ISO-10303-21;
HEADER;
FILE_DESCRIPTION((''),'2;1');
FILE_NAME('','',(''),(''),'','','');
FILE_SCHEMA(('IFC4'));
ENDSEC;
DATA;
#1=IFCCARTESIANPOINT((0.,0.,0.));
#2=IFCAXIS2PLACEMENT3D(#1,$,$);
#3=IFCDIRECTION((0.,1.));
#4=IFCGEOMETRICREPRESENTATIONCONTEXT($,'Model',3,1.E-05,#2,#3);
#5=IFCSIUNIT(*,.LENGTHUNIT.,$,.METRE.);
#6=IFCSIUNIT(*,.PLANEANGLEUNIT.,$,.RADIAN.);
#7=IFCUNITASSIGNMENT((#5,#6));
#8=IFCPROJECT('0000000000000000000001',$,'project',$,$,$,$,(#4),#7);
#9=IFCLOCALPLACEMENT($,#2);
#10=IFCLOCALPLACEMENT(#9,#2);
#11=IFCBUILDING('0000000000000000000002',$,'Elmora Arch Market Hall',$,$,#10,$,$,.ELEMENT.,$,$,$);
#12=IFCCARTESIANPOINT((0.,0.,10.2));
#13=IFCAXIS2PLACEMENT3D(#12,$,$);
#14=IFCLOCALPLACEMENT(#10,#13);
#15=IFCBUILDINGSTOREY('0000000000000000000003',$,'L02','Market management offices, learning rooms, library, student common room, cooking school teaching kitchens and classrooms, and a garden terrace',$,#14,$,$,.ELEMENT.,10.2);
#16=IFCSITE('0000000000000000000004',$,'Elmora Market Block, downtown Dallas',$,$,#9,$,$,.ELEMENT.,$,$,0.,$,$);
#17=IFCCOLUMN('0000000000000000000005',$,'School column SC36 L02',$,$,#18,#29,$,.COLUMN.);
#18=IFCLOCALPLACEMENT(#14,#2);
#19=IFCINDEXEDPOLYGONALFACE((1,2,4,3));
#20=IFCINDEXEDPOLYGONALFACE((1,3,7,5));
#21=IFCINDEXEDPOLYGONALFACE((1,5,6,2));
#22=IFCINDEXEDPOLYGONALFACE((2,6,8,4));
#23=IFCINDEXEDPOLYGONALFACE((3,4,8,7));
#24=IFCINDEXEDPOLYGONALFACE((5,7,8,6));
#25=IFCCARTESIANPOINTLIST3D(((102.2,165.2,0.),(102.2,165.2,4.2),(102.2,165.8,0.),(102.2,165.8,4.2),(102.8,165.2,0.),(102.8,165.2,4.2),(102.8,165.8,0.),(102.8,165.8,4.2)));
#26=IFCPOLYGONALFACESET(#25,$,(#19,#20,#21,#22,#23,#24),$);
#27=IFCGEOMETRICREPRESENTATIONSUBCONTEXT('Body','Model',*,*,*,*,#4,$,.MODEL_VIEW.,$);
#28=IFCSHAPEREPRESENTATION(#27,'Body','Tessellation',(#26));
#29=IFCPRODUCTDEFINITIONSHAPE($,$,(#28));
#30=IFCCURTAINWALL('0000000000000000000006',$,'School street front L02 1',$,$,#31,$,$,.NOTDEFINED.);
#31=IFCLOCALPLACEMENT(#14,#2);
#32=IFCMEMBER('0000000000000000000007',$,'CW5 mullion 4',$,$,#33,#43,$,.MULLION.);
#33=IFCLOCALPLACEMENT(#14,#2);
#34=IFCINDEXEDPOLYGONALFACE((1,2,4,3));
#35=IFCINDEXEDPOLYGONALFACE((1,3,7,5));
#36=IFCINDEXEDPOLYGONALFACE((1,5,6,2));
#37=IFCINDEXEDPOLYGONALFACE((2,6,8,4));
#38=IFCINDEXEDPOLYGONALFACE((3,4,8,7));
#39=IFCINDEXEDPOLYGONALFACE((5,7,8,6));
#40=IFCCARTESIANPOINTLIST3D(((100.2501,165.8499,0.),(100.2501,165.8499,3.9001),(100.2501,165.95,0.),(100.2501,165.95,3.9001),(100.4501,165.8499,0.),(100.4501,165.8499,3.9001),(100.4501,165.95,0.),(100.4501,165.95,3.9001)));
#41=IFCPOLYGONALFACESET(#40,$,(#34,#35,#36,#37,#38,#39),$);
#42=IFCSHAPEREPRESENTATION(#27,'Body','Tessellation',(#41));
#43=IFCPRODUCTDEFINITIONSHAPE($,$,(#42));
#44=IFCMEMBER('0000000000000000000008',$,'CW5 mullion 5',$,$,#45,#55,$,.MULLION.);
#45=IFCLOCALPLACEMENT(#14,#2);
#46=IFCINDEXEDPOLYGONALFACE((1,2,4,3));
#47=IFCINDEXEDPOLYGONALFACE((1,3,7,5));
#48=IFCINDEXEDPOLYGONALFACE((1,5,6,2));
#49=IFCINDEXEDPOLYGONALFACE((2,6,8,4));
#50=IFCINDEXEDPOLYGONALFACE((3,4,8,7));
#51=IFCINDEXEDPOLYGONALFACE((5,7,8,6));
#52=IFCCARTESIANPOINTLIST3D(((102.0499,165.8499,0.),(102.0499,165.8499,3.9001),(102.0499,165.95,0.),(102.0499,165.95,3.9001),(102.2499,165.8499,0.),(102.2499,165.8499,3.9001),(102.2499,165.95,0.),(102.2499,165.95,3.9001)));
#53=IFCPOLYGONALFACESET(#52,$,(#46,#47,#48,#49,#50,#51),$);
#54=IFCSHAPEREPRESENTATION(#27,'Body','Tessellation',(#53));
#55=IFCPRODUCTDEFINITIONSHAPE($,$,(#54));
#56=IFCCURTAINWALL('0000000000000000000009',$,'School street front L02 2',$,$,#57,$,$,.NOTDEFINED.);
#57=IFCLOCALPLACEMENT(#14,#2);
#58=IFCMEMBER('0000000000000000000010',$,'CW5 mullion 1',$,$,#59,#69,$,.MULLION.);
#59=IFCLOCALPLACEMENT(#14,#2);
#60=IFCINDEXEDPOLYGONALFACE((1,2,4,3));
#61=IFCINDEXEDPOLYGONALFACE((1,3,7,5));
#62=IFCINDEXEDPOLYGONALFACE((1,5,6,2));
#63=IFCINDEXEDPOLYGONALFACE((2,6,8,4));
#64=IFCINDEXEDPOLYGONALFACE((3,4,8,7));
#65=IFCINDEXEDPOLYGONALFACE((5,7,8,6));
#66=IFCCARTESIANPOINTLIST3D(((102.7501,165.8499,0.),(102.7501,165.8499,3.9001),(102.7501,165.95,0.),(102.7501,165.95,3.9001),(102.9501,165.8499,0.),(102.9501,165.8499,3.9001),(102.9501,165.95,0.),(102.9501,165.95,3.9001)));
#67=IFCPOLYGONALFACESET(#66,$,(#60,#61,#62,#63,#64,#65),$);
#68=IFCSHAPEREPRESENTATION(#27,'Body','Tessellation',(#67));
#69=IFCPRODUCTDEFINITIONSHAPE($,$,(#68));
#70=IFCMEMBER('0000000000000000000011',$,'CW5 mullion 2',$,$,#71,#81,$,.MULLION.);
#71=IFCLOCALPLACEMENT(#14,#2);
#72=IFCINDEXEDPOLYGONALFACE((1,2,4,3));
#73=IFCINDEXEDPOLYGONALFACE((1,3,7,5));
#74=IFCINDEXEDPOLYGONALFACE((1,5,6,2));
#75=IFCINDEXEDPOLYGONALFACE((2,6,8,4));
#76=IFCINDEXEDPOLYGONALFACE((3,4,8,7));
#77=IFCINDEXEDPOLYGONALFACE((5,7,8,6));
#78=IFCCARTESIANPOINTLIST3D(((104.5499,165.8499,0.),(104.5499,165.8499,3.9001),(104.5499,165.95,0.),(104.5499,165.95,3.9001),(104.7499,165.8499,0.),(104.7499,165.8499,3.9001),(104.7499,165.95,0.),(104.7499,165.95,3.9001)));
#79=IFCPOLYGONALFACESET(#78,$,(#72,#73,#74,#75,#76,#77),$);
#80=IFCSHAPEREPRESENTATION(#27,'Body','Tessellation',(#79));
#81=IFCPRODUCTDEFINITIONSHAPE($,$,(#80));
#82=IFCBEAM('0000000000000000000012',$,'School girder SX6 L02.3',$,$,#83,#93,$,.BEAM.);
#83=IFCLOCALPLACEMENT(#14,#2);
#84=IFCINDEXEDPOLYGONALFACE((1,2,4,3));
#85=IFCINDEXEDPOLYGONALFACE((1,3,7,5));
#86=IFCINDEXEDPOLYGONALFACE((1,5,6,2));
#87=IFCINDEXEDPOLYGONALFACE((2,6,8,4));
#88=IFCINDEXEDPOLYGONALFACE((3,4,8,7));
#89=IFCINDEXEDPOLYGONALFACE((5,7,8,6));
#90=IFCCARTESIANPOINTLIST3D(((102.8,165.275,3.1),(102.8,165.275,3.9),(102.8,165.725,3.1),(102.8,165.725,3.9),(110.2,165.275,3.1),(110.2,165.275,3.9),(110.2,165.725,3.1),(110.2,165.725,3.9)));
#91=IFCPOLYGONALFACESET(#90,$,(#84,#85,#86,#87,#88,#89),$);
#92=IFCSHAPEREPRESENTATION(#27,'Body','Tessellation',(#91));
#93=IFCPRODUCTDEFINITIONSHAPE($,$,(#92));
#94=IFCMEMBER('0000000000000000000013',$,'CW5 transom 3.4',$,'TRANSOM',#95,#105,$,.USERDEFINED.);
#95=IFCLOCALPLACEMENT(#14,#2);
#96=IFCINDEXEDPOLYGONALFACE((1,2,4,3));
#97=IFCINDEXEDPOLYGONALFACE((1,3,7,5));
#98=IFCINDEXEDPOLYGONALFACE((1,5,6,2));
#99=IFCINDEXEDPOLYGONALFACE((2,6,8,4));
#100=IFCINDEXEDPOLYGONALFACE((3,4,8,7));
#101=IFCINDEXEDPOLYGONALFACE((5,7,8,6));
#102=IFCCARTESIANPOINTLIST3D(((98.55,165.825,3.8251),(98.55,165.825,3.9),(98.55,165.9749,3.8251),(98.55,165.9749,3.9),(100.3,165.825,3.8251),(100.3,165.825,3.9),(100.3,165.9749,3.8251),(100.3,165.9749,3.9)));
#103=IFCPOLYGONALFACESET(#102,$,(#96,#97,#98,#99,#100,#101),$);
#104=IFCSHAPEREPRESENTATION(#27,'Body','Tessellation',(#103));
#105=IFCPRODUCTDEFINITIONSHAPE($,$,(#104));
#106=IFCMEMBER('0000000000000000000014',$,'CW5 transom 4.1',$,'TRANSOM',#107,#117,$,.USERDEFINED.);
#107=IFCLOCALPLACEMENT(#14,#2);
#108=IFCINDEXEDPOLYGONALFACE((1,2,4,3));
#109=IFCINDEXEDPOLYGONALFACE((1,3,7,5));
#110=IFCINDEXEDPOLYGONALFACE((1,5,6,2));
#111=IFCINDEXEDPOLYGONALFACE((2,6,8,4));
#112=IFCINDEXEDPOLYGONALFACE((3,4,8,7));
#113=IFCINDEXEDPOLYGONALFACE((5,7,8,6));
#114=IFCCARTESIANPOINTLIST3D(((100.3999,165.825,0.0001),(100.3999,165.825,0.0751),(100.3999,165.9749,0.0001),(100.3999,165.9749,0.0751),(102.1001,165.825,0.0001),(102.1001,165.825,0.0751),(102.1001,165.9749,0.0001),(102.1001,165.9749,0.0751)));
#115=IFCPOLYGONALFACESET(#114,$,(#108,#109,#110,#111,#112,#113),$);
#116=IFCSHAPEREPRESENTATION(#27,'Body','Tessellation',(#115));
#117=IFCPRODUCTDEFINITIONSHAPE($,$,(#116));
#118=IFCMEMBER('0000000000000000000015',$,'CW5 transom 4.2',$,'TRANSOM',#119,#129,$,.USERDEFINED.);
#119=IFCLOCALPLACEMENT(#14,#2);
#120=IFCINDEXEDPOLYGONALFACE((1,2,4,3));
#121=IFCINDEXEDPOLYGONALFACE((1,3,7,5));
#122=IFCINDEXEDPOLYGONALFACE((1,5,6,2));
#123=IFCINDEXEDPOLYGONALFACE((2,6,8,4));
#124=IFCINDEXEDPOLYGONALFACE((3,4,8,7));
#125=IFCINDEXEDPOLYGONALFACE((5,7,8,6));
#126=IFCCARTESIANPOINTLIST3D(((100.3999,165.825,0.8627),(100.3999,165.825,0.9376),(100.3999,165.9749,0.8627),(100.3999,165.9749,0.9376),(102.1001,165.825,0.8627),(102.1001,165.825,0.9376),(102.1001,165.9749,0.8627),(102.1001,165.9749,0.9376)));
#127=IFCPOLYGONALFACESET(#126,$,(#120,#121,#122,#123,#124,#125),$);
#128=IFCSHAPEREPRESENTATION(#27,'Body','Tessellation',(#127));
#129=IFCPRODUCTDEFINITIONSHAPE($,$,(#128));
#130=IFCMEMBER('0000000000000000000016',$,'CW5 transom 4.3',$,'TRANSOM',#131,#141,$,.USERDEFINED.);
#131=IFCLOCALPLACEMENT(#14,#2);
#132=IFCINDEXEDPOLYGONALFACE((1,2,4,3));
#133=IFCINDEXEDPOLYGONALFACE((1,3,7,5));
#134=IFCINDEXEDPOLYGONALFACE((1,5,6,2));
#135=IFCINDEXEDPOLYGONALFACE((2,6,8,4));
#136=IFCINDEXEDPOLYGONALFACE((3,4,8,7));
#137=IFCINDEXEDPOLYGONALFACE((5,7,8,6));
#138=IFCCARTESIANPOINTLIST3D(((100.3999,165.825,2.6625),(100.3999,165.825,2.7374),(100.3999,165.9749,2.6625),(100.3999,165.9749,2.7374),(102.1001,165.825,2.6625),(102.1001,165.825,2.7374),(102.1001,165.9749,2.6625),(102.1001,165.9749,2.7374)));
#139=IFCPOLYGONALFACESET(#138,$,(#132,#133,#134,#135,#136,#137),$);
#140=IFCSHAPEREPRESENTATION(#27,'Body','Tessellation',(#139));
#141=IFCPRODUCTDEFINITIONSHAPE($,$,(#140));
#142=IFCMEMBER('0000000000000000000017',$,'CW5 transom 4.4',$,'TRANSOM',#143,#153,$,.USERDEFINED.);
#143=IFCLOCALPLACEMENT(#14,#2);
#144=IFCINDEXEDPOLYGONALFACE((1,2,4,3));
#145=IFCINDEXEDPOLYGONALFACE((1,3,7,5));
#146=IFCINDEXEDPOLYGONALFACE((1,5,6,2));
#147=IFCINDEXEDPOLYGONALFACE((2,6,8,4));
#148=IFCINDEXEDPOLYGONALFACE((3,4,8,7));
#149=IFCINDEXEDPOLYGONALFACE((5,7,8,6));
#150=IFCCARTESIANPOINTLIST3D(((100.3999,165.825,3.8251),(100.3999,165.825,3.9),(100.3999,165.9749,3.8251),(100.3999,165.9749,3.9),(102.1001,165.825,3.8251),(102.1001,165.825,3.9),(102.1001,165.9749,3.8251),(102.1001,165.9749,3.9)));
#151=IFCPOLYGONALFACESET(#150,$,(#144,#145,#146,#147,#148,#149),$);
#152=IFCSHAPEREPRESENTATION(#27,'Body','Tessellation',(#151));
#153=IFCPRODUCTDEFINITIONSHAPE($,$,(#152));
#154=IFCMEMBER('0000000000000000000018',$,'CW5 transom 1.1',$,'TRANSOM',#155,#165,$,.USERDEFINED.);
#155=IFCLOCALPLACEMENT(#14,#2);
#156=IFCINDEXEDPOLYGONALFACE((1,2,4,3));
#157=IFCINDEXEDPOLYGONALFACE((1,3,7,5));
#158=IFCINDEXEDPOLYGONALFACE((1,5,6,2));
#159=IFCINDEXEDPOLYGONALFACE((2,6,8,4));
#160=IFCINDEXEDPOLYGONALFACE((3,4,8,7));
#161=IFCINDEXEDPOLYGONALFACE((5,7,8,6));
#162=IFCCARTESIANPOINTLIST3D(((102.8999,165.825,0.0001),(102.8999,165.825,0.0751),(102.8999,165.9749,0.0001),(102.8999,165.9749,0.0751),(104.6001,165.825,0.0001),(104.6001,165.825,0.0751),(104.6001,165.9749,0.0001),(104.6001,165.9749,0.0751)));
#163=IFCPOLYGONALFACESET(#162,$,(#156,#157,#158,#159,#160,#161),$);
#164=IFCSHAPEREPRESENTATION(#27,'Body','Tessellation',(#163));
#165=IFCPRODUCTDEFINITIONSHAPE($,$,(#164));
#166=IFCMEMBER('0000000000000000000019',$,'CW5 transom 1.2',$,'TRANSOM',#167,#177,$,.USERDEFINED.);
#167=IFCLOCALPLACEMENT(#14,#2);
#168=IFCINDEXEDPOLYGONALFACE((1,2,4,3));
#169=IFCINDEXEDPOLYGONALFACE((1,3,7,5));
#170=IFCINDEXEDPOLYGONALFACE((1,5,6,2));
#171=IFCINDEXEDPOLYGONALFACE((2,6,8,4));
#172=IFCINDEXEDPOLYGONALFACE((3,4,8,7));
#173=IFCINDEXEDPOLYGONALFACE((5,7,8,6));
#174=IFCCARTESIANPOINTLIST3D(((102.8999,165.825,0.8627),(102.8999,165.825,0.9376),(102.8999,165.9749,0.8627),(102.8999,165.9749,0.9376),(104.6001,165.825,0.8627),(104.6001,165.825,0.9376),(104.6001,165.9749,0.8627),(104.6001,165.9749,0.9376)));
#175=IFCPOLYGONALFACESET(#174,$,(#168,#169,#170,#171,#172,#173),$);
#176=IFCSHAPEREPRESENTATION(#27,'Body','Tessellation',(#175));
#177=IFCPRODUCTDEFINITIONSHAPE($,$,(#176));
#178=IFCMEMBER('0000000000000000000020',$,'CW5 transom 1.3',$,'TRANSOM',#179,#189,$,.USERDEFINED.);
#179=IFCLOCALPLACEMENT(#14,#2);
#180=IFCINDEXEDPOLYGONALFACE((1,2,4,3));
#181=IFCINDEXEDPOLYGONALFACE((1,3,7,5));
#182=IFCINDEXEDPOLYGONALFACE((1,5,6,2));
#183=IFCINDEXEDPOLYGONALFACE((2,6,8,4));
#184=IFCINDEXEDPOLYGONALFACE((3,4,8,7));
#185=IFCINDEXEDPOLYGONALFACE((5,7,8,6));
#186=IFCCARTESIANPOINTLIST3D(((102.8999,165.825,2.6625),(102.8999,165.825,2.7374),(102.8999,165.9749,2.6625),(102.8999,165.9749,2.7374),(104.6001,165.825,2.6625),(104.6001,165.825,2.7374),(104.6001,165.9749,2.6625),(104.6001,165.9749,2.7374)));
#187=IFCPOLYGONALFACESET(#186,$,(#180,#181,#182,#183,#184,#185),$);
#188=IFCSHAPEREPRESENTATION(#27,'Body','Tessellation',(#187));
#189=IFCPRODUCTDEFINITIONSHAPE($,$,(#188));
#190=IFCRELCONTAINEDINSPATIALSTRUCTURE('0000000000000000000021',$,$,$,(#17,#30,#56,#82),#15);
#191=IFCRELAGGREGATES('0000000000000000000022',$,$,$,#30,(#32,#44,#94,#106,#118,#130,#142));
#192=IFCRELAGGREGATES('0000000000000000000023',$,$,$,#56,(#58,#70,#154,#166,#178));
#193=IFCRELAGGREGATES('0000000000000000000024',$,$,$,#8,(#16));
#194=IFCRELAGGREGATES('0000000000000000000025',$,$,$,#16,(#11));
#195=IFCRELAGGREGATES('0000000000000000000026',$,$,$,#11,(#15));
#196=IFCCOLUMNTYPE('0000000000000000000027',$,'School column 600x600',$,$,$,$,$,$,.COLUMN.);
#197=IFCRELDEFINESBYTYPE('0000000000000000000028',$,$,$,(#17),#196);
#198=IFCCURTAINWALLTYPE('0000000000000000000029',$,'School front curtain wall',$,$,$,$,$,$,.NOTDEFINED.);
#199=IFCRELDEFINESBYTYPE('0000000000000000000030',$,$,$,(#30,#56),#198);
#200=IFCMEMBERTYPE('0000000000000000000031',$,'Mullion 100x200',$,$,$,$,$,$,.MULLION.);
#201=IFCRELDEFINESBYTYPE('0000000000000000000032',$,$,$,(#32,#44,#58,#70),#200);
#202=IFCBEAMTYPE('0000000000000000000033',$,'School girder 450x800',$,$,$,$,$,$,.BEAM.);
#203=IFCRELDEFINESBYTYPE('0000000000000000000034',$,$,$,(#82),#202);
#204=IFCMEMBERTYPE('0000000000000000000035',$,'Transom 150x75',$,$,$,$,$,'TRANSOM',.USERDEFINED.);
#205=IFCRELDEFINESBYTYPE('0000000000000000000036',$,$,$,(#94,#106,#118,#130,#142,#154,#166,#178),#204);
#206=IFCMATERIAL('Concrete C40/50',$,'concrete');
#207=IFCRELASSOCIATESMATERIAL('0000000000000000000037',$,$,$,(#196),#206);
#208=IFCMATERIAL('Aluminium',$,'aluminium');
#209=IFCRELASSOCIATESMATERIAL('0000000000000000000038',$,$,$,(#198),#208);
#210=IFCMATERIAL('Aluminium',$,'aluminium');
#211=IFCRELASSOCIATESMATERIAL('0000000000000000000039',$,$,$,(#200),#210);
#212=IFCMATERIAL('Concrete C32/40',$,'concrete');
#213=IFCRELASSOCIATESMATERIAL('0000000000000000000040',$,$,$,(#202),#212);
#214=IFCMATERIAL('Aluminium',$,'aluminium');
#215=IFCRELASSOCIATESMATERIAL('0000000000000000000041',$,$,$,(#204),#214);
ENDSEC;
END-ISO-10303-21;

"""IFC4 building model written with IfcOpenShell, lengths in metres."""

from ifc_helpers import new_model, si_unit, direction, frame, origin, origin_2d, place, context, subcontext, project, spatial, rectangle, extrude, material, material_profile, profile_set, type_object, element, aggregate, save


model = new_model("IFC4")

# Units and contexts
model_context = context("Model", 3, precision=1e-05, world=origin(), true_north=direction((0.0, 1.0)))
body_context = subcontext(model_context, "Body", "Model", "MODEL_VIEW")
ifc_project = project(units=[si_unit("LENGTHUNIT", "METRE"), si_unit("PLANEANGLEUNIT", "RADIAN")], contexts=[model_context])

# Site, building, storey
site_placement = place(None, origin())
site = spatial("IfcSite", under=ifc_project, at=site_placement, Name="Elmora Market Block, downtown Dallas", CompositionType="ELEMENT", RefElevation=0.0)
building_placement = place(site_placement, origin())
building = spatial("IfcBuilding", under=site, at=building_placement, Name="Elmora Arch Market Hall", CompositionType="ELEMENT")
storey_placement = place(building_placement, frame((0.0, 0.0, 10.2)))
storey = spatial("IfcBuildingStorey", under=building, at=storey_placement, Name="L02", Description="Market management offices, learning rooms, library, student common room, cooking school teaching kitchens and classrooms, and a garden terrace", CompositionType="ELEMENT", Elevation=10.2)

# Column
ifc_material_1 = material(Name="Concrete C40/50", Category="concrete")
ifc_material_profile_1 = material_profile(ifc_material_1, rectangle(XDim=0.6001, YDim=0.6001, at=origin_2d()), Name="School column 600x600")
ifc_profile_set_1 = profile_set([ifc_material_profile_1], Name="Concrete C40/50")
column_type = type_object("IfcColumnType", Name="School column 600x600", PredefinedType="COLUMN", material=ifc_profile_set_1)
column_placement = place(storey_placement, frame((102.5, 165.5, 0.0), z_axis=(0.0, 0.0, 1.0), x_axis=(1.0, 0.0, 0.0)))
element("IfcColumn", 1, at=column_placement, inside=storey, type_object=column_type, Name="School column SC36 L02", PredefinedType="COLUMN", context=body_context, shape_type="SweptSolid", body=[
    extrude(rectangle(XDim=0.6001, YDim=0.6001, at=origin_2d()), origin(), (0.0, 0.0, 1.0), 4.2),
])

# Curtain walls, members
ifc_material_2 = material(Name="Aluminium", Category="aluminium")
curtain_wall_type = type_object("IfcCurtainWallType", Name="School front curtain wall", PredefinedType="NOTDEFINED", material=ifc_material_2)
curtain_wall_1_placement = place(storey_placement, origin())
curtain_wall_1 = element("IfcCurtainWall", 2, at=curtain_wall_1_placement, inside=storey, type_object=curtain_wall_type, Name="School street front L02 1", PredefinedType="NOTDEFINED")
ifc_material_3 = material(Name="Aluminium", Category="aluminium")
ifc_material_profile_2 = material_profile(ifc_material_3, rectangle(XDim=0.1001, YDim=0.2, at=origin_2d()), Name="AL 100x200")
ifc_profile_set_2 = profile_set([ifc_material_profile_2], Name="Aluminium")
member_type_1 = type_object("IfcMemberType", Name="Mullion 100x200", PredefinedType="MULLION", material=ifc_profile_set_2)
member_1_placement = place(storey_placement, frame((100.3501, 165.8999, 0.0), z_axis=(0.0, 0.0, 1.0), x_axis=(0.0, 1.0, 0.0)))
member_1 = element("IfcMember", 3, at=member_1_placement, type_object=member_type_1, Name="CW5 mullion 4", PredefinedType="MULLION", context=body_context, shape_type="SweptSolid", body=[
    extrude(rectangle(XDim=0.1001, YDim=0.2, at=origin_2d()), origin(), (0.0, 0.0, 1.0), 3.9001),
])
member_2_placement = place(storey_placement, frame((102.1499, 165.8999, 0.0), z_axis=(0.0, 0.0, 1.0), x_axis=(0.0, 1.0, 0.0)))
member_2 = element("IfcMember", 4, at=member_2_placement, type_object=member_type_1, Name="CW5 mullion 5", PredefinedType="MULLION", context=body_context, shape_type="SweptSolid", body=[
    extrude(rectangle(XDim=0.1001, YDim=0.2, at=origin_2d()), origin(), (0.0, 0.0, 1.0), 3.9001),
])
curtain_wall_2_placement = place(storey_placement, origin())
curtain_wall_2 = element("IfcCurtainWall", 5, at=curtain_wall_2_placement, inside=storey, type_object=curtain_wall_type, Name="School street front L02 2", PredefinedType="NOTDEFINED")
member_3_placement = place(storey_placement, frame((102.8501, 165.8999, 0.0), z_axis=(0.0, 0.0, 1.0), x_axis=(0.0, 1.0, 0.0)))
member_3 = element("IfcMember", 6, at=member_3_placement, type_object=member_type_1, Name="CW5 mullion 1", PredefinedType="MULLION", context=body_context, shape_type="SweptSolid", body=[
    extrude(rectangle(XDim=0.1001, YDim=0.2, at=origin_2d()), origin(), (0.0, 0.0, 1.0), 3.9001),
])
member_4_placement = place(storey_placement, frame((104.6499, 165.8999, 0.0), z_axis=(0.0, 0.0, 1.0), x_axis=(0.0, 1.0, 0.0)))
member_4 = element("IfcMember", 7, at=member_4_placement, type_object=member_type_1, Name="CW5 mullion 2", PredefinedType="MULLION", context=body_context, shape_type="SweptSolid", body=[
    extrude(rectangle(XDim=0.1001, YDim=0.2, at=origin_2d()), origin(), (0.0, 0.0, 1.0), 3.9001),
])

# Beam
ifc_material_4 = material(Name="Concrete C32/40", Category="concrete")
ifc_material_profile_3 = material_profile(ifc_material_4, rectangle(XDim=0.45, YDim=0.8, at=origin_2d()), Name="School girder 450x800")
ifc_profile_set_3 = profile_set([ifc_material_profile_3], Name="Concrete C32/40")
beam_type = type_object("IfcBeamType", Name="School girder 450x800", PredefinedType="BEAM", material=ifc_profile_set_3)
beam_placement = place(storey_placement, frame((102.8, 165.5, 3.5), z_axis=(1.0, 0.0, 0.0), x_axis=(0.0, 1.0, 0.0)))
element("IfcBeam", 8, at=beam_placement, inside=storey, type_object=beam_type, Name="School girder SX6 L02.3", PredefinedType="BEAM", context=body_context, shape_type="SweptSolid", body=[
    extrude(rectangle(XDim=0.45, YDim=0.8, at=origin_2d()), origin(), (0.0, 0.0, 1.0), 7.3999),
])

# Members
ifc_material_5 = material(Name="Aluminium", Category="aluminium")
ifc_material_profile_4 = material_profile(ifc_material_5, rectangle(XDim=0.1499, YDim=0.075, at=origin_2d()), Name="AL 150x75")
ifc_profile_set_4 = profile_set([ifc_material_profile_4], Name="Aluminium")
member_type_2 = type_object("IfcMemberType", Name="Transom 150x75", ElementType="TRANSOM", PredefinedType="USERDEFINED", material=ifc_profile_set_4)
member_5_placement = place(storey_placement, frame((98.55, 165.8999, 3.8625), z_axis=(1.0, 0.0, 0.0), x_axis=(0.0, 1.0, 0.0)))
member_5 = element("IfcMember", 9, at=member_5_placement, type_object=member_type_2, Name="CW5 transom 3.4", ObjectType="TRANSOM", PredefinedType="USERDEFINED", context=body_context, shape_type="SweptSolid", body=[
    extrude(rectangle(XDim=0.1499, YDim=0.075, at=origin_2d()), origin(), (0.0, 0.0, 1.0), 1.75),
])
member_6_placement = place(storey_placement, frame((100.3999, 165.8999, 0.0376), z_axis=(1.0, 0.0, 0.0), x_axis=(0.0, 1.0, 0.0)))
member_6 = element("IfcMember", 10, at=member_6_placement, type_object=member_type_2, Name="CW5 transom 4.1", ObjectType="TRANSOM", PredefinedType="USERDEFINED", context=body_context, shape_type="SweptSolid", body=[
    extrude(rectangle(XDim=0.1499, YDim=0.075, at=origin_2d()), origin(), (0.0, 0.0, 1.0), 1.7002),
])
member_7_placement = place(storey_placement, frame((100.3999, 165.8999, 0.9001), z_axis=(1.0, 0.0, 0.0), x_axis=(0.0, 1.0, 0.0)))
member_7 = element("IfcMember", 11, at=member_7_placement, type_object=member_type_2, Name="CW5 transom 4.2", ObjectType="TRANSOM", PredefinedType="USERDEFINED", context=body_context, shape_type="SweptSolid", body=[
    extrude(rectangle(XDim=0.1499, YDim=0.075, at=origin_2d()), origin(), (0.0, 0.0, 1.0), 1.7002),
])
member_8_placement = place(storey_placement, frame((100.3999, 165.8999, 2.7), z_axis=(1.0, 0.0, 0.0), x_axis=(0.0, 1.0, 0.0)))
member_8 = element("IfcMember", 12, at=member_8_placement, type_object=member_type_2, Name="CW5 transom 4.3", ObjectType="TRANSOM", PredefinedType="USERDEFINED", context=body_context, shape_type="SweptSolid", body=[
    extrude(rectangle(XDim=0.1499, YDim=0.075, at=origin_2d()), origin(), (0.0, 0.0, 1.0), 1.7002),
])
member_9_placement = place(storey_placement, frame((100.3999, 165.8999, 3.8625), z_axis=(1.0, 0.0, 0.0), x_axis=(0.0, 1.0, 0.0)))
member_9 = element("IfcMember", 13, at=member_9_placement, type_object=member_type_2, Name="CW5 transom 4.4", ObjectType="TRANSOM", PredefinedType="USERDEFINED", context=body_context, shape_type="SweptSolid", body=[
    extrude(rectangle(XDim=0.1499, YDim=0.075, at=origin_2d()), origin(), (0.0, 0.0, 1.0), 1.7002),
])
member_10_placement = place(storey_placement, frame((102.8999, 165.8999, 0.0376), z_axis=(1.0, 0.0, 0.0), x_axis=(0.0, 1.0, 0.0)))
member_10 = element("IfcMember", 14, at=member_10_placement, type_object=member_type_2, Name="CW5 transom 1.1", ObjectType="TRANSOM", PredefinedType="USERDEFINED", context=body_context, shape_type="SweptSolid", body=[
    extrude(rectangle(XDim=0.1499, YDim=0.075, at=origin_2d()), origin(), (0.0, 0.0, 1.0), 1.7002),
])
member_11_placement = place(storey_placement, frame((102.8999, 165.8999, 0.9001), z_axis=(1.0, 0.0, 0.0), x_axis=(0.0, 1.0, 0.0)))
member_11 = element("IfcMember", 15, at=member_11_placement, type_object=member_type_2, Name="CW5 transom 1.2", ObjectType="TRANSOM", PredefinedType="USERDEFINED", context=body_context, shape_type="SweptSolid", body=[
    extrude(rectangle(XDim=0.1499, YDim=0.075, at=origin_2d()), origin(), (0.0, 0.0, 1.0), 1.7002),
])
member_12_placement = place(storey_placement, frame((102.8999, 165.8999, 2.7), z_axis=(1.0, 0.0, 0.0), x_axis=(0.0, 1.0, 0.0)))
member_12 = element("IfcMember", 16, at=member_12_placement, type_object=member_type_2, Name="CW5 transom 1.3", ObjectType="TRANSOM", PredefinedType="USERDEFINED", context=body_context, shape_type="SweptSolid", body=[
    extrude(rectangle(XDim=0.1499, YDim=0.075, at=origin_2d()), origin(), (0.0, 0.0, 1.0), 1.7002),
])

aggregate(curtain_wall_1, [member_1, member_2, member_5, member_6, member_7, member_8, member_9])
aggregate(curtain_wall_2, [member_3, member_4, member_10, member_11, member_12])

save(model, "model.ifc")
